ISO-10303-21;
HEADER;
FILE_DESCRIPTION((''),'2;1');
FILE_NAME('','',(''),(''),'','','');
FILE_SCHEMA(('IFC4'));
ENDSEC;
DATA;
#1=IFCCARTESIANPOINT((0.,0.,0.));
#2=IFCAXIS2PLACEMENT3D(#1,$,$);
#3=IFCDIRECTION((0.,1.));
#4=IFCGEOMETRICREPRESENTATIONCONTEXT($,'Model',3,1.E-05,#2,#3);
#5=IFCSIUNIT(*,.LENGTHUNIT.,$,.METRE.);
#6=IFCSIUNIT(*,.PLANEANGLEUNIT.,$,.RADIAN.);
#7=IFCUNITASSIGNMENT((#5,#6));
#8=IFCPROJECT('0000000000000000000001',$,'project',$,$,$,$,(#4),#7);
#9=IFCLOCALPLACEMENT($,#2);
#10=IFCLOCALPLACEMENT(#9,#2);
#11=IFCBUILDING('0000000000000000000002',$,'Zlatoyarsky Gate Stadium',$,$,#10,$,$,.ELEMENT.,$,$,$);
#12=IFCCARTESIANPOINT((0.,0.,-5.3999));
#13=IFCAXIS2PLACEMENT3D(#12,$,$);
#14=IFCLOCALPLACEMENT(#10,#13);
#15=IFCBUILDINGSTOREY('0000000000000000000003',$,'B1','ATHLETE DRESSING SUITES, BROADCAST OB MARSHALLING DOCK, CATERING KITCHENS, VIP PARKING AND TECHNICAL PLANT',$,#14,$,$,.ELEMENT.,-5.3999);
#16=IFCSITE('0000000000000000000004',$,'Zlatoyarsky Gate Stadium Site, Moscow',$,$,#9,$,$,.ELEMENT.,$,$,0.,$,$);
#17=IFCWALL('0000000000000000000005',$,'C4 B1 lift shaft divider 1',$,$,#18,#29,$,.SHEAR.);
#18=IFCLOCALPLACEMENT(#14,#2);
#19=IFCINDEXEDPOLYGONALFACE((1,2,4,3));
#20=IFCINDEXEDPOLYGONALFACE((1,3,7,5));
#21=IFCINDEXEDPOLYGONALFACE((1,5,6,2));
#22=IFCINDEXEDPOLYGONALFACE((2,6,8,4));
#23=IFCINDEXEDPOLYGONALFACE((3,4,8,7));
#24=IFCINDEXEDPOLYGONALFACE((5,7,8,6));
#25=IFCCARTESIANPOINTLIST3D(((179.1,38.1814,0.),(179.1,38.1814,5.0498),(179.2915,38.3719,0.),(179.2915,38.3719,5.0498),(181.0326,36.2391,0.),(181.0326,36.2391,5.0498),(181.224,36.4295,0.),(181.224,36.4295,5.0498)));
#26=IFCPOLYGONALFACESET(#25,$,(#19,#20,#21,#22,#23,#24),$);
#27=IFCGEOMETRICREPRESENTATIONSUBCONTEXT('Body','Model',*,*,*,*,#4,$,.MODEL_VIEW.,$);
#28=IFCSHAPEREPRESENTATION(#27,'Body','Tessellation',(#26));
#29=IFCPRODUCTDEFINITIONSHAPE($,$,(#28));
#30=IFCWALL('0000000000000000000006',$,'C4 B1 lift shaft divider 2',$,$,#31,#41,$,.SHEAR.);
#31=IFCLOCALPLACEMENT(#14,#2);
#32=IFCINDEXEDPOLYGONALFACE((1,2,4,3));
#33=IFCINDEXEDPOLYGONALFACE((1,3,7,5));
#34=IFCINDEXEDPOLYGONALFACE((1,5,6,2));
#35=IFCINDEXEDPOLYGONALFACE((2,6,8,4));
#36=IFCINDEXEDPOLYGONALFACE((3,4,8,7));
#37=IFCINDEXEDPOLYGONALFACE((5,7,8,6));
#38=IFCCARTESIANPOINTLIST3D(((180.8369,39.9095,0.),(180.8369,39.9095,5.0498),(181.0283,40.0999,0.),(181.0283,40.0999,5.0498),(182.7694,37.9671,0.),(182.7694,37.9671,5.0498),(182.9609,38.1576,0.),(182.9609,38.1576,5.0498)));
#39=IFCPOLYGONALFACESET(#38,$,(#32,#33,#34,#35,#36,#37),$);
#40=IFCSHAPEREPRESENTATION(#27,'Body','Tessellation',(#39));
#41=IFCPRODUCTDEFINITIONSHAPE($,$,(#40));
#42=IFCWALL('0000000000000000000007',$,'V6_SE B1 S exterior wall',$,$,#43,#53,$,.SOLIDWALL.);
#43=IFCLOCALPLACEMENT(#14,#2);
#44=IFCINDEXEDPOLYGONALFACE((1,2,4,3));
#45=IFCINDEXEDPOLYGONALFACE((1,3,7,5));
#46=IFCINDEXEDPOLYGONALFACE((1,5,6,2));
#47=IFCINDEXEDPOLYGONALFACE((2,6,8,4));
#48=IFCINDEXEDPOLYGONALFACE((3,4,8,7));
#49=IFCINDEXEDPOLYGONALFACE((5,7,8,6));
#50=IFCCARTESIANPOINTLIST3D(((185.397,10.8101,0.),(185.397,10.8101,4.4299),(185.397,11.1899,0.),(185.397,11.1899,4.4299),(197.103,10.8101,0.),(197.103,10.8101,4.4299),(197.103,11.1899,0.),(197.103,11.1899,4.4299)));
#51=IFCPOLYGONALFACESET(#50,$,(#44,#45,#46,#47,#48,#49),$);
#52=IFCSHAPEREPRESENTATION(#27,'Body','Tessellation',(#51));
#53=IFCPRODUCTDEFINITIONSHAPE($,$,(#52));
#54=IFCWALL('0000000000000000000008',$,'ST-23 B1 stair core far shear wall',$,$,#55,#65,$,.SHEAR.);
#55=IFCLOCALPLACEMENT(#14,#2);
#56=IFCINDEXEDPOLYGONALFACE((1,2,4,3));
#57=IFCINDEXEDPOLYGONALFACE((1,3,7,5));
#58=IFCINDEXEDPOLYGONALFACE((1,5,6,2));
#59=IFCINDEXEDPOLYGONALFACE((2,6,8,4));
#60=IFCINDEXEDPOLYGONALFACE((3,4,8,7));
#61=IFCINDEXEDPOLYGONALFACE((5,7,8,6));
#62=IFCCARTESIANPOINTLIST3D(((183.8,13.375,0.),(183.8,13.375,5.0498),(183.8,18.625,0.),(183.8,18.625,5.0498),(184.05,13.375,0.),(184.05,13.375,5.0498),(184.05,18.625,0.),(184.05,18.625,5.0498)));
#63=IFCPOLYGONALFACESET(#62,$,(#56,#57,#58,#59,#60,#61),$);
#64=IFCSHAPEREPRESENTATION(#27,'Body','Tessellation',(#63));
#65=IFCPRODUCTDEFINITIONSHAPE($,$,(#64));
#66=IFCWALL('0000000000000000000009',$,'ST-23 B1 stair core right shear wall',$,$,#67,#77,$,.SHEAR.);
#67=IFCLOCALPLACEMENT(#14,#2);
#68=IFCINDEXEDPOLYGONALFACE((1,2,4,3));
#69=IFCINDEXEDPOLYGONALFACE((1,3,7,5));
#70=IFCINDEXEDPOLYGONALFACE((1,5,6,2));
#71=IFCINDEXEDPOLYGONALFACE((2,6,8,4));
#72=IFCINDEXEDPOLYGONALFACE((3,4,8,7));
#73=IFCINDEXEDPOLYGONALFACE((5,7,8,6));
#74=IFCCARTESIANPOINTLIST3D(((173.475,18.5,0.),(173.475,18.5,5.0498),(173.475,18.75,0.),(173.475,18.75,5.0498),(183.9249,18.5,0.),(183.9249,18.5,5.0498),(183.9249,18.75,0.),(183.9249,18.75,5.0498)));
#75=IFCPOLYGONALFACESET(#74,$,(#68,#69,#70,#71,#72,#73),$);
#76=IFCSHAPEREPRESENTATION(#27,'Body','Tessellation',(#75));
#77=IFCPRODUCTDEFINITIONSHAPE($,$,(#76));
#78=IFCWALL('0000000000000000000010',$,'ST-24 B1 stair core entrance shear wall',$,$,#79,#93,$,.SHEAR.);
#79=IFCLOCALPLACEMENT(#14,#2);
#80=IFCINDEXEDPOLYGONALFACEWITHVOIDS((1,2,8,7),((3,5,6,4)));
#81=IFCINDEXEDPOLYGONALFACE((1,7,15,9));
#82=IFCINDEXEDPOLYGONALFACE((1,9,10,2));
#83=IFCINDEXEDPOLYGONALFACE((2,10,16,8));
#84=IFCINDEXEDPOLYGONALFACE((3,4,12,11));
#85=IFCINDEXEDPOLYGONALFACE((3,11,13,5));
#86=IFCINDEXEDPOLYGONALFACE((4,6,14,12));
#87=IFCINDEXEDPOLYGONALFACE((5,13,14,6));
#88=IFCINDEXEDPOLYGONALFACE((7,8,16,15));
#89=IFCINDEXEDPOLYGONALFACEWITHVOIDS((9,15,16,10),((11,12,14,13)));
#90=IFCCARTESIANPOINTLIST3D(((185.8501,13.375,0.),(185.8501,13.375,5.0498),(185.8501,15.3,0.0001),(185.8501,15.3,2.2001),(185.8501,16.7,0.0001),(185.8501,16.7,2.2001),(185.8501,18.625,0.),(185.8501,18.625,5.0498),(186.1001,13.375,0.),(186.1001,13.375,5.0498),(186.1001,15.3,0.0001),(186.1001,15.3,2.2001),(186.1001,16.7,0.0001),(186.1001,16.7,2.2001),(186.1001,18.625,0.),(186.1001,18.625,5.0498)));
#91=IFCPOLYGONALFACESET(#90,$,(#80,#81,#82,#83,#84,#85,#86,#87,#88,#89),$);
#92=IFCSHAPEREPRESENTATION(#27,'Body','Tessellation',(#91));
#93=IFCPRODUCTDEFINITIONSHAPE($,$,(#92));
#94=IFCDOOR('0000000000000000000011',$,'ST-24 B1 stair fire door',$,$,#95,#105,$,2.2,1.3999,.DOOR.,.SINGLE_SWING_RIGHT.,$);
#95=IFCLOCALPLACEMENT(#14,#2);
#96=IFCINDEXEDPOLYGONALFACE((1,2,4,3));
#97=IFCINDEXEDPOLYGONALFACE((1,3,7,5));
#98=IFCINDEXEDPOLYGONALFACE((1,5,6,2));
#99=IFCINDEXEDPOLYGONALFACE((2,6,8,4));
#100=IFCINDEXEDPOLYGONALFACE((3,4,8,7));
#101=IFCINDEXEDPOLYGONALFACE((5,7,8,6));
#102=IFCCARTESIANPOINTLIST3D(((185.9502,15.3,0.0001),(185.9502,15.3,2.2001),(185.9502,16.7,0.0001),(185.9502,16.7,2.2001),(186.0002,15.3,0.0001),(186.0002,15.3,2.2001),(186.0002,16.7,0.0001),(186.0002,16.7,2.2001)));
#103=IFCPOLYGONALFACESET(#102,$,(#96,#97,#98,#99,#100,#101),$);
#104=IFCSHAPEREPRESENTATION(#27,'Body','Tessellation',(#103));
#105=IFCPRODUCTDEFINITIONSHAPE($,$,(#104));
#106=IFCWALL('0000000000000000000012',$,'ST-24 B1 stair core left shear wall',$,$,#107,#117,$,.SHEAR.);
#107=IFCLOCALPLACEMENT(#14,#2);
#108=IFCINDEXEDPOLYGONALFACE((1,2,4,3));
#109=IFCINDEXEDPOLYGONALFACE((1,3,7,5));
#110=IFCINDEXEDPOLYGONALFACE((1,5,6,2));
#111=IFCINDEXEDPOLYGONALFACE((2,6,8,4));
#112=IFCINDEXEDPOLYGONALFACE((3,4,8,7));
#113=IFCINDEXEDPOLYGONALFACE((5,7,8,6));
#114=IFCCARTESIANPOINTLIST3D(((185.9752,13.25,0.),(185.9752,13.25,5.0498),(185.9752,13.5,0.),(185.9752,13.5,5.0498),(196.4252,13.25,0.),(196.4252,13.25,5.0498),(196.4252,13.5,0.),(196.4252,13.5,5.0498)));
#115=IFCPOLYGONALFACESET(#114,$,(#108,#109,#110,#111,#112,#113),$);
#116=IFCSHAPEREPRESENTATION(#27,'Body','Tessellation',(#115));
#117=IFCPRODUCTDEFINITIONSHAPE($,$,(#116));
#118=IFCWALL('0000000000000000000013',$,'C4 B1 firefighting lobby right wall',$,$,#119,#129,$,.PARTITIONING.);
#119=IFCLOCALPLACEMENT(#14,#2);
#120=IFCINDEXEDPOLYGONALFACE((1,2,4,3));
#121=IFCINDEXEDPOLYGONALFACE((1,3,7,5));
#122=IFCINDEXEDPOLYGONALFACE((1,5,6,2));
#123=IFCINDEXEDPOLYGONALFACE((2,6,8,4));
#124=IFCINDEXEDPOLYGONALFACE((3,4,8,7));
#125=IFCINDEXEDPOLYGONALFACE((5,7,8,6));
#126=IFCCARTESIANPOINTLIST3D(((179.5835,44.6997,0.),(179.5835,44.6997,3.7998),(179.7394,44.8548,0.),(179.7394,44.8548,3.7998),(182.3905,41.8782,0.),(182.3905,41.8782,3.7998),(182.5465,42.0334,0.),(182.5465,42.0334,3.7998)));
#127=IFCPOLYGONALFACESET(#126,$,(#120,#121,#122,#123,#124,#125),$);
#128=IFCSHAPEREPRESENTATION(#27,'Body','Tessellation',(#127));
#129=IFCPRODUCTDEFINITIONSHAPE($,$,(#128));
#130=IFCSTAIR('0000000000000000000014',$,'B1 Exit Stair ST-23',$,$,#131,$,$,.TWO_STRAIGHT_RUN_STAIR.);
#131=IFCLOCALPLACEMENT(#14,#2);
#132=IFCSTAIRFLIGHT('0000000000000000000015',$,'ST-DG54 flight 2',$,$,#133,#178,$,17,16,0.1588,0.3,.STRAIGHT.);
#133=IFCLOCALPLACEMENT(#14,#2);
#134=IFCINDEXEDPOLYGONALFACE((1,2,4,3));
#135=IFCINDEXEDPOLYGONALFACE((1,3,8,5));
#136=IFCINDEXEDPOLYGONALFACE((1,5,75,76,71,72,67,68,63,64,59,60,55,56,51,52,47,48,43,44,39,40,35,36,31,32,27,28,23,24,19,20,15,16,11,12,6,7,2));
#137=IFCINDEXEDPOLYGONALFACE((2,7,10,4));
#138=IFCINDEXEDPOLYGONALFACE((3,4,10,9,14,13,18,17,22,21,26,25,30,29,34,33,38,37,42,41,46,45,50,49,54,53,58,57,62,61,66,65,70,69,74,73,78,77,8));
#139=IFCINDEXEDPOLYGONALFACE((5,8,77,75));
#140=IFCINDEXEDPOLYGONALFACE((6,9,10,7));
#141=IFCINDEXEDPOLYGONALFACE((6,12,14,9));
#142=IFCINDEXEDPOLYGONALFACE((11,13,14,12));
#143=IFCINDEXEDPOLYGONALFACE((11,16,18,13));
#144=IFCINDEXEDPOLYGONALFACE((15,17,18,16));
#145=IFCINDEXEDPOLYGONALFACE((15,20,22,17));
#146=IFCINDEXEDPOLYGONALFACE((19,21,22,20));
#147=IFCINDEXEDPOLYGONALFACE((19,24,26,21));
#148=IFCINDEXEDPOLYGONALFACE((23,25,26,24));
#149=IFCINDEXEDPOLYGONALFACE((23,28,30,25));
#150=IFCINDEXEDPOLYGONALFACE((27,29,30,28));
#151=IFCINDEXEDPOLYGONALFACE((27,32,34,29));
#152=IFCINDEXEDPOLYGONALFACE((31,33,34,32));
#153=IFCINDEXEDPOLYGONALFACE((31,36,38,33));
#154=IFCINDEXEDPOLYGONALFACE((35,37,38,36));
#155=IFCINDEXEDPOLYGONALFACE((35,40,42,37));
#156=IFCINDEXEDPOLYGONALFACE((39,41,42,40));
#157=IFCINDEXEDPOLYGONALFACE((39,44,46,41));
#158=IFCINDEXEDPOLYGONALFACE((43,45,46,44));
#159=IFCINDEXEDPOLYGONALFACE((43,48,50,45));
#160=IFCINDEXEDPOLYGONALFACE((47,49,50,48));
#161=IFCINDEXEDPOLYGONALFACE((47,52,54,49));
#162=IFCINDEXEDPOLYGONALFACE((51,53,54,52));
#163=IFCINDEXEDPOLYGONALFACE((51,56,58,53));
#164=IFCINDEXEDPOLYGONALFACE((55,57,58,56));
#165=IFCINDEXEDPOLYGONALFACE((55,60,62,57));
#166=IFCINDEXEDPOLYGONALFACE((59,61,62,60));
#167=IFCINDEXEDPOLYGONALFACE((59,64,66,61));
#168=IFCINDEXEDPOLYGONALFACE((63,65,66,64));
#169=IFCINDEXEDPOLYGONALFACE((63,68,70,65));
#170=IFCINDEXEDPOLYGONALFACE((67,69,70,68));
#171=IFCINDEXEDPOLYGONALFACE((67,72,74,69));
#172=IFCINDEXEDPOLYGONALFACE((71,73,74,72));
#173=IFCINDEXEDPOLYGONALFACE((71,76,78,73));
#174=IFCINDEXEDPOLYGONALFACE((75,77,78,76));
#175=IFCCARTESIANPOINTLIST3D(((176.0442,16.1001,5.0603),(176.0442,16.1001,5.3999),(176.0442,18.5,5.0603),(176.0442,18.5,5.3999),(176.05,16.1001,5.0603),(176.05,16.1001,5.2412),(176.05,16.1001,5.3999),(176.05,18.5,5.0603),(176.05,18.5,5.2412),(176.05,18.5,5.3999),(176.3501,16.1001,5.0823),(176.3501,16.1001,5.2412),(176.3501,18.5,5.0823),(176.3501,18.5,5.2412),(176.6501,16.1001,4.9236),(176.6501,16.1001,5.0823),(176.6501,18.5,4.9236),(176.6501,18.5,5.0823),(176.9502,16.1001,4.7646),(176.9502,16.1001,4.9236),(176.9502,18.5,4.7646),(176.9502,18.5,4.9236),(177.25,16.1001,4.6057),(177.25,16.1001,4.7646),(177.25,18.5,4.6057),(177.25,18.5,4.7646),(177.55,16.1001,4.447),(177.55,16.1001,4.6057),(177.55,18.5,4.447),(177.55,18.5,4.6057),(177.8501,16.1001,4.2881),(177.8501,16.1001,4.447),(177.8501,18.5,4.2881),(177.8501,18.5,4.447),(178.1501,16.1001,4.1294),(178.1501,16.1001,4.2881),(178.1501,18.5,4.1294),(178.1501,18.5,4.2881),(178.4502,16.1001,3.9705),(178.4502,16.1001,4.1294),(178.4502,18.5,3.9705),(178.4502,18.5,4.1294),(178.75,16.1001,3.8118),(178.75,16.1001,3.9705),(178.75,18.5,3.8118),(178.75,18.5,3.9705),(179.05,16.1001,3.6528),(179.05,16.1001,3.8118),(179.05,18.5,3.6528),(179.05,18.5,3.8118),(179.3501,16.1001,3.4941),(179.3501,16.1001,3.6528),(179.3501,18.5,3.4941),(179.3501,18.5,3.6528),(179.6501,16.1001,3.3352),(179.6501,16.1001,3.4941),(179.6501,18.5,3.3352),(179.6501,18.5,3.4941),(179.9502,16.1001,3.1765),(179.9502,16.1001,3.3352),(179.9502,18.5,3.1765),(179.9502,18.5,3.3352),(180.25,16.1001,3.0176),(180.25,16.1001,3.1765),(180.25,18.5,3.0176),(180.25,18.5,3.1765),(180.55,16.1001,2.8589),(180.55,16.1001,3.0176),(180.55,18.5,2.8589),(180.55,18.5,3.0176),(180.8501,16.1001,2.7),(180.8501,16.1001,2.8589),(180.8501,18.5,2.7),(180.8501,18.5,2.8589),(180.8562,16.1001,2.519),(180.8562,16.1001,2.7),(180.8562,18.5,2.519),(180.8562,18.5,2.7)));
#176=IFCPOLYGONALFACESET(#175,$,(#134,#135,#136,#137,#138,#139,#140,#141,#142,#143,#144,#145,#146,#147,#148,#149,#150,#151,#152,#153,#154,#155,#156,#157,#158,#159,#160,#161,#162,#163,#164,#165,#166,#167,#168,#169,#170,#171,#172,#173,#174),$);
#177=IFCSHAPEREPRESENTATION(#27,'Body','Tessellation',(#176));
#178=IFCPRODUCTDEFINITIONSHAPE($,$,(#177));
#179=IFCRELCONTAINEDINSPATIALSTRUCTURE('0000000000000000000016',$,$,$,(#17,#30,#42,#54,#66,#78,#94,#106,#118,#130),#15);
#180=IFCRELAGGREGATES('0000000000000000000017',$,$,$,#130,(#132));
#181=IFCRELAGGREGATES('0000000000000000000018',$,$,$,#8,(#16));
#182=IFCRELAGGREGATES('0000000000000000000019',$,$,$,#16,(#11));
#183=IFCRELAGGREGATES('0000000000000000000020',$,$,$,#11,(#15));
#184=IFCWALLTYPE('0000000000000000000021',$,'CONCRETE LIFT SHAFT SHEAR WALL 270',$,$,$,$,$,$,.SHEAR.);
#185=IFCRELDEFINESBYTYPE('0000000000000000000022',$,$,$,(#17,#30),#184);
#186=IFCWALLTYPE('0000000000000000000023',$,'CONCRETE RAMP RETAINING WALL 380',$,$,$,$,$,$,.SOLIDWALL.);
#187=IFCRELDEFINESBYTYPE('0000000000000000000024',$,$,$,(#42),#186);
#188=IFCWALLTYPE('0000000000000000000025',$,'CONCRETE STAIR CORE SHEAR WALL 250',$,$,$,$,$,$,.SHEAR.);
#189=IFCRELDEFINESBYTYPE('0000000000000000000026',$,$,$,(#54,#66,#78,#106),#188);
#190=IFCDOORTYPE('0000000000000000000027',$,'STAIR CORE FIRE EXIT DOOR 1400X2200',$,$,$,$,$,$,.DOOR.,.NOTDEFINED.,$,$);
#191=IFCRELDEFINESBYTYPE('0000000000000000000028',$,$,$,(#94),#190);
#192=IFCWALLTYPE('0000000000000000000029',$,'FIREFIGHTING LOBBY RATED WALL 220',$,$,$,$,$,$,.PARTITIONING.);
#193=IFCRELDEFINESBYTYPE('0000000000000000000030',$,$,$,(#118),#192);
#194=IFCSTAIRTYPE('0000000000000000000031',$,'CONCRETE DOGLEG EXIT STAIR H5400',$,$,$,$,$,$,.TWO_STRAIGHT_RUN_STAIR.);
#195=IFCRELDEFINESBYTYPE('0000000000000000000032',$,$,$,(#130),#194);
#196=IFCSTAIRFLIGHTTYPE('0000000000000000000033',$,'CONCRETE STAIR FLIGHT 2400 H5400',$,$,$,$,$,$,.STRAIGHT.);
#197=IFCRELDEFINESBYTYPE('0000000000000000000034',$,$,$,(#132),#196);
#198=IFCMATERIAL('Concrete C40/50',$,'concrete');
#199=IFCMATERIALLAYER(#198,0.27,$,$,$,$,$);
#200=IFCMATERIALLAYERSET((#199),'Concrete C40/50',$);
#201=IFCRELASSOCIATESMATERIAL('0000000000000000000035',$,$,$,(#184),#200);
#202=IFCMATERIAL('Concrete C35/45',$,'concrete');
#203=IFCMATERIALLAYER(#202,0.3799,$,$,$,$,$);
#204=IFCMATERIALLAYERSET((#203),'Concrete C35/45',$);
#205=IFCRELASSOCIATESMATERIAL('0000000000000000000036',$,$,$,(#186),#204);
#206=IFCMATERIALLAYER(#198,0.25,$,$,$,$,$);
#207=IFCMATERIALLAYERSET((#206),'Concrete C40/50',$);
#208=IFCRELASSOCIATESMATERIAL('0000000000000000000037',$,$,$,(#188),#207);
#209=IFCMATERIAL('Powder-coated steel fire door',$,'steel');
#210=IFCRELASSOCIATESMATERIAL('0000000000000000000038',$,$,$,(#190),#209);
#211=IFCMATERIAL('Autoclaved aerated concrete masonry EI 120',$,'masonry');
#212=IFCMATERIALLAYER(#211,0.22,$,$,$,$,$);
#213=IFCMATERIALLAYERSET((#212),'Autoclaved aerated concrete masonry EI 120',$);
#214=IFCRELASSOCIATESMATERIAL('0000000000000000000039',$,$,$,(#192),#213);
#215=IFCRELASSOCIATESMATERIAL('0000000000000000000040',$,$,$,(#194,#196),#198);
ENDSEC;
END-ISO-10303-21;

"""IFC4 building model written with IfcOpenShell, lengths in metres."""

from ifc_helpers import new_model, si_unit, direction, frame, frame_2d, origin, place, context, subcontext, project, spatial, polyline, rectangle, outline, extrude, material, layer, layer_set, type_object, element, fill, aggregate, save


model = new_model("IFC4")

# Units and contexts
model_context = context("Model", 3, precision=1e-05, world=origin(), true_north=direction((0.0, 1.0)))
body_context = subcontext(model_context, "Body", "Model", "MODEL_VIEW")
ifc_project = project(units=[si_unit("LENGTHUNIT", "METRE"), si_unit("PLANEANGLEUNIT", "RADIAN")], contexts=[model_context])

# Site, building, storey
site_placement = place(None, origin())
site = spatial("IfcSite", under=ifc_project, at=site_placement, Name="Zlatoyarsky Gate Stadium Site, Moscow", CompositionType="ELEMENT", RefElevation=0.0)
building_placement = place(site_placement, origin())
building = spatial("IfcBuilding", under=site, at=building_placement, Name="Zlatoyarsky Gate Stadium", CompositionType="ELEMENT")
storey_placement = place(building_placement, frame((0.0, 0.0, -5.3999)))
storey = spatial("IfcBuildingStorey", under=building, at=storey_placement, Name="B1", Description="ATHLETE DRESSING SUITES, BROADCAST OB MARSHALLING DOCK, CATERING KITCHENS, VIP PARKING AND TECHNICAL PLANT", CompositionType="ELEMENT", Elevation=-5.3999)

# Shared definitions
ifc_material_1 = material(Name="Concrete C35/45", Category="concrete")

# Shared definitions
ifc_material_2 = material(Name="Concrete C40/50", Category="concrete")

# Walls
ifc_layer_1 = layer(ifc_material_2, 0.27)
ifc_layer_set_1 = layer_set([ifc_layer_1], Name="Concrete C40/50")
wall_type_1 = type_object("IfcWallType", Name="CONCRETE LIFT SHAFT SHEAR WALL 270", PredefinedType="SHEAR", material=ifc_layer_set_1)
for number, where, z_axis, x_axis, name in (
    (1, (181.1284, 36.3342, 0.0), (0.0, 0.0, 1.0), (-0.705323, 0.708887, 0.0), "C4 B1 lift shaft divider 1"),
    (2, (182.8652, 38.0623, 0.0), (0.0, 0.0, 1.0), (-0.705323, 0.708887, 0.0), "C4 B1 lift shaft divider 2"),
):
    element("IfcWall", number, at=place(storey_placement, frame(where, z_axis=z_axis, x_axis=x_axis)), inside=storey, type_object=wall_type_1, Name=name, PredefinedType="SHEAR", context=body_context, shape_type="SweptSolid", body=[
        extrude(rectangle(XDim=2.74, YDim=0.27, at=frame_2d((1.3701, 0.0))), origin(), (0.0, 0.0, 1.0), 5.0498),
    ])
ifc_layer_2 = layer(ifc_material_1, 0.3799)
ifc_layer_set_2 = layer_set([ifc_layer_2], Name="Concrete C35/45")
wall_type_2 = type_object("IfcWallType", Name="CONCRETE RAMP RETAINING WALL 380", PredefinedType="SOLIDWALL", material=ifc_layer_set_2)
wall_1_placement = place(storey_placement, frame((185.397, 11.0, 0.0), z_axis=(0.0, 0.0, 1.0), x_axis=(1.0, 0.0, 0.0)))
element("IfcWall", 3, at=wall_1_placement, inside=storey, type_object=wall_type_2, Name="V6_SE B1 S exterior wall", PredefinedType="SOLIDWALL", context=body_context, shape_type="SweptSolid", body=[
    extrude(rectangle(XDim=11.7061, YDim=0.3799, at=frame_2d((5.853, 0.0))), origin(), (0.0, 0.0, 1.0), 4.4299),
])
ifc_layer_3 = layer(ifc_material_2, 0.25)
ifc_layer_set_3 = layer_set([ifc_layer_3], Name="Concrete C40/50")
wall_type_3 = type_object("IfcWallType", Name="CONCRETE STAIR CORE SHEAR WALL 250", PredefinedType="SHEAR", material=ifc_layer_set_3)
wall_2_placement = place(storey_placement, frame((183.925, 13.375, 0.0), z_axis=(0.0, 0.0, 1.0), x_axis=(0.0, 1.0, 0.0)))
element("IfcWall", 4, at=wall_2_placement, inside=storey, type_object=wall_type_3, Name="ST-23 B1 stair core far shear wall", PredefinedType="SHEAR", context=body_context, shape_type="SweptSolid", body=[
    extrude(rectangle(XDim=5.25, YDim=0.25, at=frame_2d((2.625, 0.0))), origin(), (0.0, 0.0, 1.0), 5.0498),
])
wall_3_placement = place(storey_placement, frame((183.925, 18.625, 0.0), z_axis=(0.0, 0.0, 1.0), x_axis=(-1.0, 0.0, 0.0)))
element("IfcWall", 5, at=wall_3_placement, inside=storey, type_object=wall_type_3, Name="ST-23 B1 stair core right shear wall", PredefinedType="SHEAR", context=body_context, shape_type="SweptSolid", body=[
    extrude(rectangle(XDim=10.45, YDim=0.25, at=frame_2d((5.2251, 0.0))), origin(), (0.0, 0.0, 1.0), 5.0498),
])

# Wall, opening, door
wall_4_placement = place(storey_placement, frame((185.9751, 18.625, 0.0), z_axis=(0.0, 0.0, 1.0), x_axis=(0.0, -1.0, 0.0)))
wall_4 = element("IfcWall", 6, at=wall_4_placement, inside=storey, type_object=wall_type_3, Name="ST-24 B1 stair core entrance shear wall", PredefinedType="SHEAR", context=body_context, shape_type="SweptSolid", body=[
    extrude(rectangle(XDim=5.25, YDim=0.25, at=frame_2d((2.625, 0.0))), origin(), (0.0, 0.0, 1.0), 5.0498),
])
opening_placement = place(wall_4_placement, frame((1.925, 0.0, 0.0)))
opening = element("IfcOpeningElement", 7, at=opening_placement, cuts=wall_4, PredefinedType="OPENING", context=body_context, shape_type="SweptSolid", body=[
    extrude(rectangle(XDim=1.3999, YDim=2.2, at=frame_2d((0.7, 1.1001))), frame((0.0, 0.135, 0.0), z_axis=(0.0, -1.0, 0.0), x_axis=(1.0, 0.0, 0.0)), (0.0, 0.0, 1.0), 0.27),
])
ifc_material_3 = material(Name="Powder-coated steel fire door", Category="steel")
door_type = type_object("IfcDoorType", Name="STAIR CORE FIRE EXIT DOOR 1400X2200", OperationType="NOTDEFINED", PredefinedType="DOOR", material=ifc_material_3)
door_placement = place(opening_placement, frame((1.3999, 0.0, 0.0), z_axis=(0.0, 0.0, 1.0), x_axis=(-1.0, 0.0, 0.0)))
door = element("IfcDoor", 8, at=door_placement, inside=storey, type_object=door_type, Name="ST-24 B1 stair fire door", OperationType="SINGLE_SWING_RIGHT", OverallHeight=2.2, OverallWidth=1.3999, PredefinedType="DOOR", context=body_context, shape_type="SweptSolid", body=[
    extrude(rectangle(XDim=1.3999, YDim=2.2, at=frame_2d((0.7, 1.1001))), frame((0.0, 0.0249, 0.0), z_axis=(0.0, -1.0, 0.0), x_axis=(1.0, 0.0, 0.0)), (0.0, 0.0, 1.0), 0.05),
])
fill(opening, door)

# Walls
wall_5_placement = place(storey_placement, frame((185.9751, 13.375, 0.0), z_axis=(0.0, 0.0, 1.0), x_axis=(1.0, 0.0, 0.0)))
element("IfcWall", 9, at=wall_5_placement, inside=storey, type_object=wall_type_3, Name="ST-24 B1 stair core left shear wall", PredefinedType="SHEAR", context=body_context, shape_type="SweptSolid", body=[
    extrude(rectangle(XDim=10.45, YDim=0.25, at=frame_2d((5.2251, 0.0))), origin(), (0.0, 0.0, 1.0), 5.0498),
])
ifc_material_4 = material(Name="Autoclaved aerated concrete masonry EI 120", Category="masonry")
ifc_layer_4 = layer(ifc_material_4, 0.22)
ifc_layer_set_4 = layer_set([ifc_layer_4], Name="Autoclaved aerated concrete masonry EI 120")
wall_type_4 = type_object("IfcWallType", Name="FIREFIGHTING LOBBY RATED WALL 220", PredefinedType="PARTITIONING", material=ifc_layer_set_4)
wall_6_placement = place(storey_placement, frame((182.4685, 41.9558, 0.0), z_axis=(0.0, 0.0, 1.0), x_axis=(-0.705295, 0.708914, 0.0)))
element("IfcWall", 10, at=wall_6_placement, inside=storey, type_object=wall_type_4, Name="C4 B1 firefighting lobby right wall", PredefinedType="PARTITIONING", context=body_context, shape_type="SweptSolid", body=[
    extrude(rectangle(XDim=3.98, YDim=0.22, at=frame_2d((1.99, 0.0))), origin(), (0.0, 0.0, 1.0), 3.7998),
])

# Stair, stair flight
stair_type = type_object("IfcStairType", Name="CONCRETE DOGLEG EXIT STAIR H5400", PredefinedType="TWO_STRAIGHT_RUN_STAIR", material=ifc_material_2)
stair_placement = place(storey_placement, origin())
stair = element("IfcStair", 11, at=stair_placement, inside=storey, type_object=stair_type, Name="B1 Exit Stair ST-23", PredefinedType="TWO_STRAIGHT_RUN_STAIR")
stair_flight_type = type_object("IfcStairFlightType", Name="CONCRETE STAIR FLIGHT 2400 H5400", PredefinedType="STRAIGHT", material=ifc_material_2)
stair_flight_placement = place(storey_placement, frame((180.8501, 17.3, 2.7), z_axis=(0.0, 0.0, 1.0), x_axis=(-1.0, 0.0, 0.0)))
stair_flight = element("IfcStairFlight", 12, at=stair_flight_placement, type_object=stair_flight_type, Name="ST-DG54 flight 2", NumberOfRisers=17, NumberOfTreads=16, PredefinedType="STRAIGHT", RiserHeight=0.1588, TreadLength=0.3, context=body_context, shape_type="SweptSolid", body=[
    extrude(outline(polyline([(-0.0061, -0.1809), (-0.0061, 0.0), (0.0, 0.0), (0.0, 0.1589), (0.3, 0.1589), (0.3, 0.3176), (0.6001, 0.3176), (0.6001, 0.4766), (0.8999, 0.4766), (0.8999, 0.6353), (1.2, 0.6353), (1.2, 0.7942), (1.5, 0.7942), (1.5, 0.9529), (1.8, 0.9529), (1.8, 1.1118), (2.1001, 1.1118), (2.1001, 1.2705), (2.3999, 1.2705), (2.3999, 1.4294), (2.7, 1.4294), (2.7, 1.5881), (3.0, 1.5881), (3.0, 1.7471), (3.3, 1.7471), (3.3, 1.9058), (3.6001, 1.9058), (3.6001, 2.0647), (3.8999, 2.0647), (3.8999, 2.2236), (4.2, 2.2236), (4.2, 2.3823), (4.5, 2.3823), (4.5, 2.5413), (4.8, 2.5413), (4.8, 2.7), (4.8059, 2.7), (4.8059, 2.3604), (4.8, 2.3604), (-0.0061, -0.1809)])), frame((0.0, 1.2, 0.0), z_axis=(0.0, -1.0, 0.0), x_axis=(1.0, 0.0, 0.0)), (0.0, 0.0, 1.0), 2.3999),
])
aggregate(stair, [stair_flight])

save(model, "model.ifc")
